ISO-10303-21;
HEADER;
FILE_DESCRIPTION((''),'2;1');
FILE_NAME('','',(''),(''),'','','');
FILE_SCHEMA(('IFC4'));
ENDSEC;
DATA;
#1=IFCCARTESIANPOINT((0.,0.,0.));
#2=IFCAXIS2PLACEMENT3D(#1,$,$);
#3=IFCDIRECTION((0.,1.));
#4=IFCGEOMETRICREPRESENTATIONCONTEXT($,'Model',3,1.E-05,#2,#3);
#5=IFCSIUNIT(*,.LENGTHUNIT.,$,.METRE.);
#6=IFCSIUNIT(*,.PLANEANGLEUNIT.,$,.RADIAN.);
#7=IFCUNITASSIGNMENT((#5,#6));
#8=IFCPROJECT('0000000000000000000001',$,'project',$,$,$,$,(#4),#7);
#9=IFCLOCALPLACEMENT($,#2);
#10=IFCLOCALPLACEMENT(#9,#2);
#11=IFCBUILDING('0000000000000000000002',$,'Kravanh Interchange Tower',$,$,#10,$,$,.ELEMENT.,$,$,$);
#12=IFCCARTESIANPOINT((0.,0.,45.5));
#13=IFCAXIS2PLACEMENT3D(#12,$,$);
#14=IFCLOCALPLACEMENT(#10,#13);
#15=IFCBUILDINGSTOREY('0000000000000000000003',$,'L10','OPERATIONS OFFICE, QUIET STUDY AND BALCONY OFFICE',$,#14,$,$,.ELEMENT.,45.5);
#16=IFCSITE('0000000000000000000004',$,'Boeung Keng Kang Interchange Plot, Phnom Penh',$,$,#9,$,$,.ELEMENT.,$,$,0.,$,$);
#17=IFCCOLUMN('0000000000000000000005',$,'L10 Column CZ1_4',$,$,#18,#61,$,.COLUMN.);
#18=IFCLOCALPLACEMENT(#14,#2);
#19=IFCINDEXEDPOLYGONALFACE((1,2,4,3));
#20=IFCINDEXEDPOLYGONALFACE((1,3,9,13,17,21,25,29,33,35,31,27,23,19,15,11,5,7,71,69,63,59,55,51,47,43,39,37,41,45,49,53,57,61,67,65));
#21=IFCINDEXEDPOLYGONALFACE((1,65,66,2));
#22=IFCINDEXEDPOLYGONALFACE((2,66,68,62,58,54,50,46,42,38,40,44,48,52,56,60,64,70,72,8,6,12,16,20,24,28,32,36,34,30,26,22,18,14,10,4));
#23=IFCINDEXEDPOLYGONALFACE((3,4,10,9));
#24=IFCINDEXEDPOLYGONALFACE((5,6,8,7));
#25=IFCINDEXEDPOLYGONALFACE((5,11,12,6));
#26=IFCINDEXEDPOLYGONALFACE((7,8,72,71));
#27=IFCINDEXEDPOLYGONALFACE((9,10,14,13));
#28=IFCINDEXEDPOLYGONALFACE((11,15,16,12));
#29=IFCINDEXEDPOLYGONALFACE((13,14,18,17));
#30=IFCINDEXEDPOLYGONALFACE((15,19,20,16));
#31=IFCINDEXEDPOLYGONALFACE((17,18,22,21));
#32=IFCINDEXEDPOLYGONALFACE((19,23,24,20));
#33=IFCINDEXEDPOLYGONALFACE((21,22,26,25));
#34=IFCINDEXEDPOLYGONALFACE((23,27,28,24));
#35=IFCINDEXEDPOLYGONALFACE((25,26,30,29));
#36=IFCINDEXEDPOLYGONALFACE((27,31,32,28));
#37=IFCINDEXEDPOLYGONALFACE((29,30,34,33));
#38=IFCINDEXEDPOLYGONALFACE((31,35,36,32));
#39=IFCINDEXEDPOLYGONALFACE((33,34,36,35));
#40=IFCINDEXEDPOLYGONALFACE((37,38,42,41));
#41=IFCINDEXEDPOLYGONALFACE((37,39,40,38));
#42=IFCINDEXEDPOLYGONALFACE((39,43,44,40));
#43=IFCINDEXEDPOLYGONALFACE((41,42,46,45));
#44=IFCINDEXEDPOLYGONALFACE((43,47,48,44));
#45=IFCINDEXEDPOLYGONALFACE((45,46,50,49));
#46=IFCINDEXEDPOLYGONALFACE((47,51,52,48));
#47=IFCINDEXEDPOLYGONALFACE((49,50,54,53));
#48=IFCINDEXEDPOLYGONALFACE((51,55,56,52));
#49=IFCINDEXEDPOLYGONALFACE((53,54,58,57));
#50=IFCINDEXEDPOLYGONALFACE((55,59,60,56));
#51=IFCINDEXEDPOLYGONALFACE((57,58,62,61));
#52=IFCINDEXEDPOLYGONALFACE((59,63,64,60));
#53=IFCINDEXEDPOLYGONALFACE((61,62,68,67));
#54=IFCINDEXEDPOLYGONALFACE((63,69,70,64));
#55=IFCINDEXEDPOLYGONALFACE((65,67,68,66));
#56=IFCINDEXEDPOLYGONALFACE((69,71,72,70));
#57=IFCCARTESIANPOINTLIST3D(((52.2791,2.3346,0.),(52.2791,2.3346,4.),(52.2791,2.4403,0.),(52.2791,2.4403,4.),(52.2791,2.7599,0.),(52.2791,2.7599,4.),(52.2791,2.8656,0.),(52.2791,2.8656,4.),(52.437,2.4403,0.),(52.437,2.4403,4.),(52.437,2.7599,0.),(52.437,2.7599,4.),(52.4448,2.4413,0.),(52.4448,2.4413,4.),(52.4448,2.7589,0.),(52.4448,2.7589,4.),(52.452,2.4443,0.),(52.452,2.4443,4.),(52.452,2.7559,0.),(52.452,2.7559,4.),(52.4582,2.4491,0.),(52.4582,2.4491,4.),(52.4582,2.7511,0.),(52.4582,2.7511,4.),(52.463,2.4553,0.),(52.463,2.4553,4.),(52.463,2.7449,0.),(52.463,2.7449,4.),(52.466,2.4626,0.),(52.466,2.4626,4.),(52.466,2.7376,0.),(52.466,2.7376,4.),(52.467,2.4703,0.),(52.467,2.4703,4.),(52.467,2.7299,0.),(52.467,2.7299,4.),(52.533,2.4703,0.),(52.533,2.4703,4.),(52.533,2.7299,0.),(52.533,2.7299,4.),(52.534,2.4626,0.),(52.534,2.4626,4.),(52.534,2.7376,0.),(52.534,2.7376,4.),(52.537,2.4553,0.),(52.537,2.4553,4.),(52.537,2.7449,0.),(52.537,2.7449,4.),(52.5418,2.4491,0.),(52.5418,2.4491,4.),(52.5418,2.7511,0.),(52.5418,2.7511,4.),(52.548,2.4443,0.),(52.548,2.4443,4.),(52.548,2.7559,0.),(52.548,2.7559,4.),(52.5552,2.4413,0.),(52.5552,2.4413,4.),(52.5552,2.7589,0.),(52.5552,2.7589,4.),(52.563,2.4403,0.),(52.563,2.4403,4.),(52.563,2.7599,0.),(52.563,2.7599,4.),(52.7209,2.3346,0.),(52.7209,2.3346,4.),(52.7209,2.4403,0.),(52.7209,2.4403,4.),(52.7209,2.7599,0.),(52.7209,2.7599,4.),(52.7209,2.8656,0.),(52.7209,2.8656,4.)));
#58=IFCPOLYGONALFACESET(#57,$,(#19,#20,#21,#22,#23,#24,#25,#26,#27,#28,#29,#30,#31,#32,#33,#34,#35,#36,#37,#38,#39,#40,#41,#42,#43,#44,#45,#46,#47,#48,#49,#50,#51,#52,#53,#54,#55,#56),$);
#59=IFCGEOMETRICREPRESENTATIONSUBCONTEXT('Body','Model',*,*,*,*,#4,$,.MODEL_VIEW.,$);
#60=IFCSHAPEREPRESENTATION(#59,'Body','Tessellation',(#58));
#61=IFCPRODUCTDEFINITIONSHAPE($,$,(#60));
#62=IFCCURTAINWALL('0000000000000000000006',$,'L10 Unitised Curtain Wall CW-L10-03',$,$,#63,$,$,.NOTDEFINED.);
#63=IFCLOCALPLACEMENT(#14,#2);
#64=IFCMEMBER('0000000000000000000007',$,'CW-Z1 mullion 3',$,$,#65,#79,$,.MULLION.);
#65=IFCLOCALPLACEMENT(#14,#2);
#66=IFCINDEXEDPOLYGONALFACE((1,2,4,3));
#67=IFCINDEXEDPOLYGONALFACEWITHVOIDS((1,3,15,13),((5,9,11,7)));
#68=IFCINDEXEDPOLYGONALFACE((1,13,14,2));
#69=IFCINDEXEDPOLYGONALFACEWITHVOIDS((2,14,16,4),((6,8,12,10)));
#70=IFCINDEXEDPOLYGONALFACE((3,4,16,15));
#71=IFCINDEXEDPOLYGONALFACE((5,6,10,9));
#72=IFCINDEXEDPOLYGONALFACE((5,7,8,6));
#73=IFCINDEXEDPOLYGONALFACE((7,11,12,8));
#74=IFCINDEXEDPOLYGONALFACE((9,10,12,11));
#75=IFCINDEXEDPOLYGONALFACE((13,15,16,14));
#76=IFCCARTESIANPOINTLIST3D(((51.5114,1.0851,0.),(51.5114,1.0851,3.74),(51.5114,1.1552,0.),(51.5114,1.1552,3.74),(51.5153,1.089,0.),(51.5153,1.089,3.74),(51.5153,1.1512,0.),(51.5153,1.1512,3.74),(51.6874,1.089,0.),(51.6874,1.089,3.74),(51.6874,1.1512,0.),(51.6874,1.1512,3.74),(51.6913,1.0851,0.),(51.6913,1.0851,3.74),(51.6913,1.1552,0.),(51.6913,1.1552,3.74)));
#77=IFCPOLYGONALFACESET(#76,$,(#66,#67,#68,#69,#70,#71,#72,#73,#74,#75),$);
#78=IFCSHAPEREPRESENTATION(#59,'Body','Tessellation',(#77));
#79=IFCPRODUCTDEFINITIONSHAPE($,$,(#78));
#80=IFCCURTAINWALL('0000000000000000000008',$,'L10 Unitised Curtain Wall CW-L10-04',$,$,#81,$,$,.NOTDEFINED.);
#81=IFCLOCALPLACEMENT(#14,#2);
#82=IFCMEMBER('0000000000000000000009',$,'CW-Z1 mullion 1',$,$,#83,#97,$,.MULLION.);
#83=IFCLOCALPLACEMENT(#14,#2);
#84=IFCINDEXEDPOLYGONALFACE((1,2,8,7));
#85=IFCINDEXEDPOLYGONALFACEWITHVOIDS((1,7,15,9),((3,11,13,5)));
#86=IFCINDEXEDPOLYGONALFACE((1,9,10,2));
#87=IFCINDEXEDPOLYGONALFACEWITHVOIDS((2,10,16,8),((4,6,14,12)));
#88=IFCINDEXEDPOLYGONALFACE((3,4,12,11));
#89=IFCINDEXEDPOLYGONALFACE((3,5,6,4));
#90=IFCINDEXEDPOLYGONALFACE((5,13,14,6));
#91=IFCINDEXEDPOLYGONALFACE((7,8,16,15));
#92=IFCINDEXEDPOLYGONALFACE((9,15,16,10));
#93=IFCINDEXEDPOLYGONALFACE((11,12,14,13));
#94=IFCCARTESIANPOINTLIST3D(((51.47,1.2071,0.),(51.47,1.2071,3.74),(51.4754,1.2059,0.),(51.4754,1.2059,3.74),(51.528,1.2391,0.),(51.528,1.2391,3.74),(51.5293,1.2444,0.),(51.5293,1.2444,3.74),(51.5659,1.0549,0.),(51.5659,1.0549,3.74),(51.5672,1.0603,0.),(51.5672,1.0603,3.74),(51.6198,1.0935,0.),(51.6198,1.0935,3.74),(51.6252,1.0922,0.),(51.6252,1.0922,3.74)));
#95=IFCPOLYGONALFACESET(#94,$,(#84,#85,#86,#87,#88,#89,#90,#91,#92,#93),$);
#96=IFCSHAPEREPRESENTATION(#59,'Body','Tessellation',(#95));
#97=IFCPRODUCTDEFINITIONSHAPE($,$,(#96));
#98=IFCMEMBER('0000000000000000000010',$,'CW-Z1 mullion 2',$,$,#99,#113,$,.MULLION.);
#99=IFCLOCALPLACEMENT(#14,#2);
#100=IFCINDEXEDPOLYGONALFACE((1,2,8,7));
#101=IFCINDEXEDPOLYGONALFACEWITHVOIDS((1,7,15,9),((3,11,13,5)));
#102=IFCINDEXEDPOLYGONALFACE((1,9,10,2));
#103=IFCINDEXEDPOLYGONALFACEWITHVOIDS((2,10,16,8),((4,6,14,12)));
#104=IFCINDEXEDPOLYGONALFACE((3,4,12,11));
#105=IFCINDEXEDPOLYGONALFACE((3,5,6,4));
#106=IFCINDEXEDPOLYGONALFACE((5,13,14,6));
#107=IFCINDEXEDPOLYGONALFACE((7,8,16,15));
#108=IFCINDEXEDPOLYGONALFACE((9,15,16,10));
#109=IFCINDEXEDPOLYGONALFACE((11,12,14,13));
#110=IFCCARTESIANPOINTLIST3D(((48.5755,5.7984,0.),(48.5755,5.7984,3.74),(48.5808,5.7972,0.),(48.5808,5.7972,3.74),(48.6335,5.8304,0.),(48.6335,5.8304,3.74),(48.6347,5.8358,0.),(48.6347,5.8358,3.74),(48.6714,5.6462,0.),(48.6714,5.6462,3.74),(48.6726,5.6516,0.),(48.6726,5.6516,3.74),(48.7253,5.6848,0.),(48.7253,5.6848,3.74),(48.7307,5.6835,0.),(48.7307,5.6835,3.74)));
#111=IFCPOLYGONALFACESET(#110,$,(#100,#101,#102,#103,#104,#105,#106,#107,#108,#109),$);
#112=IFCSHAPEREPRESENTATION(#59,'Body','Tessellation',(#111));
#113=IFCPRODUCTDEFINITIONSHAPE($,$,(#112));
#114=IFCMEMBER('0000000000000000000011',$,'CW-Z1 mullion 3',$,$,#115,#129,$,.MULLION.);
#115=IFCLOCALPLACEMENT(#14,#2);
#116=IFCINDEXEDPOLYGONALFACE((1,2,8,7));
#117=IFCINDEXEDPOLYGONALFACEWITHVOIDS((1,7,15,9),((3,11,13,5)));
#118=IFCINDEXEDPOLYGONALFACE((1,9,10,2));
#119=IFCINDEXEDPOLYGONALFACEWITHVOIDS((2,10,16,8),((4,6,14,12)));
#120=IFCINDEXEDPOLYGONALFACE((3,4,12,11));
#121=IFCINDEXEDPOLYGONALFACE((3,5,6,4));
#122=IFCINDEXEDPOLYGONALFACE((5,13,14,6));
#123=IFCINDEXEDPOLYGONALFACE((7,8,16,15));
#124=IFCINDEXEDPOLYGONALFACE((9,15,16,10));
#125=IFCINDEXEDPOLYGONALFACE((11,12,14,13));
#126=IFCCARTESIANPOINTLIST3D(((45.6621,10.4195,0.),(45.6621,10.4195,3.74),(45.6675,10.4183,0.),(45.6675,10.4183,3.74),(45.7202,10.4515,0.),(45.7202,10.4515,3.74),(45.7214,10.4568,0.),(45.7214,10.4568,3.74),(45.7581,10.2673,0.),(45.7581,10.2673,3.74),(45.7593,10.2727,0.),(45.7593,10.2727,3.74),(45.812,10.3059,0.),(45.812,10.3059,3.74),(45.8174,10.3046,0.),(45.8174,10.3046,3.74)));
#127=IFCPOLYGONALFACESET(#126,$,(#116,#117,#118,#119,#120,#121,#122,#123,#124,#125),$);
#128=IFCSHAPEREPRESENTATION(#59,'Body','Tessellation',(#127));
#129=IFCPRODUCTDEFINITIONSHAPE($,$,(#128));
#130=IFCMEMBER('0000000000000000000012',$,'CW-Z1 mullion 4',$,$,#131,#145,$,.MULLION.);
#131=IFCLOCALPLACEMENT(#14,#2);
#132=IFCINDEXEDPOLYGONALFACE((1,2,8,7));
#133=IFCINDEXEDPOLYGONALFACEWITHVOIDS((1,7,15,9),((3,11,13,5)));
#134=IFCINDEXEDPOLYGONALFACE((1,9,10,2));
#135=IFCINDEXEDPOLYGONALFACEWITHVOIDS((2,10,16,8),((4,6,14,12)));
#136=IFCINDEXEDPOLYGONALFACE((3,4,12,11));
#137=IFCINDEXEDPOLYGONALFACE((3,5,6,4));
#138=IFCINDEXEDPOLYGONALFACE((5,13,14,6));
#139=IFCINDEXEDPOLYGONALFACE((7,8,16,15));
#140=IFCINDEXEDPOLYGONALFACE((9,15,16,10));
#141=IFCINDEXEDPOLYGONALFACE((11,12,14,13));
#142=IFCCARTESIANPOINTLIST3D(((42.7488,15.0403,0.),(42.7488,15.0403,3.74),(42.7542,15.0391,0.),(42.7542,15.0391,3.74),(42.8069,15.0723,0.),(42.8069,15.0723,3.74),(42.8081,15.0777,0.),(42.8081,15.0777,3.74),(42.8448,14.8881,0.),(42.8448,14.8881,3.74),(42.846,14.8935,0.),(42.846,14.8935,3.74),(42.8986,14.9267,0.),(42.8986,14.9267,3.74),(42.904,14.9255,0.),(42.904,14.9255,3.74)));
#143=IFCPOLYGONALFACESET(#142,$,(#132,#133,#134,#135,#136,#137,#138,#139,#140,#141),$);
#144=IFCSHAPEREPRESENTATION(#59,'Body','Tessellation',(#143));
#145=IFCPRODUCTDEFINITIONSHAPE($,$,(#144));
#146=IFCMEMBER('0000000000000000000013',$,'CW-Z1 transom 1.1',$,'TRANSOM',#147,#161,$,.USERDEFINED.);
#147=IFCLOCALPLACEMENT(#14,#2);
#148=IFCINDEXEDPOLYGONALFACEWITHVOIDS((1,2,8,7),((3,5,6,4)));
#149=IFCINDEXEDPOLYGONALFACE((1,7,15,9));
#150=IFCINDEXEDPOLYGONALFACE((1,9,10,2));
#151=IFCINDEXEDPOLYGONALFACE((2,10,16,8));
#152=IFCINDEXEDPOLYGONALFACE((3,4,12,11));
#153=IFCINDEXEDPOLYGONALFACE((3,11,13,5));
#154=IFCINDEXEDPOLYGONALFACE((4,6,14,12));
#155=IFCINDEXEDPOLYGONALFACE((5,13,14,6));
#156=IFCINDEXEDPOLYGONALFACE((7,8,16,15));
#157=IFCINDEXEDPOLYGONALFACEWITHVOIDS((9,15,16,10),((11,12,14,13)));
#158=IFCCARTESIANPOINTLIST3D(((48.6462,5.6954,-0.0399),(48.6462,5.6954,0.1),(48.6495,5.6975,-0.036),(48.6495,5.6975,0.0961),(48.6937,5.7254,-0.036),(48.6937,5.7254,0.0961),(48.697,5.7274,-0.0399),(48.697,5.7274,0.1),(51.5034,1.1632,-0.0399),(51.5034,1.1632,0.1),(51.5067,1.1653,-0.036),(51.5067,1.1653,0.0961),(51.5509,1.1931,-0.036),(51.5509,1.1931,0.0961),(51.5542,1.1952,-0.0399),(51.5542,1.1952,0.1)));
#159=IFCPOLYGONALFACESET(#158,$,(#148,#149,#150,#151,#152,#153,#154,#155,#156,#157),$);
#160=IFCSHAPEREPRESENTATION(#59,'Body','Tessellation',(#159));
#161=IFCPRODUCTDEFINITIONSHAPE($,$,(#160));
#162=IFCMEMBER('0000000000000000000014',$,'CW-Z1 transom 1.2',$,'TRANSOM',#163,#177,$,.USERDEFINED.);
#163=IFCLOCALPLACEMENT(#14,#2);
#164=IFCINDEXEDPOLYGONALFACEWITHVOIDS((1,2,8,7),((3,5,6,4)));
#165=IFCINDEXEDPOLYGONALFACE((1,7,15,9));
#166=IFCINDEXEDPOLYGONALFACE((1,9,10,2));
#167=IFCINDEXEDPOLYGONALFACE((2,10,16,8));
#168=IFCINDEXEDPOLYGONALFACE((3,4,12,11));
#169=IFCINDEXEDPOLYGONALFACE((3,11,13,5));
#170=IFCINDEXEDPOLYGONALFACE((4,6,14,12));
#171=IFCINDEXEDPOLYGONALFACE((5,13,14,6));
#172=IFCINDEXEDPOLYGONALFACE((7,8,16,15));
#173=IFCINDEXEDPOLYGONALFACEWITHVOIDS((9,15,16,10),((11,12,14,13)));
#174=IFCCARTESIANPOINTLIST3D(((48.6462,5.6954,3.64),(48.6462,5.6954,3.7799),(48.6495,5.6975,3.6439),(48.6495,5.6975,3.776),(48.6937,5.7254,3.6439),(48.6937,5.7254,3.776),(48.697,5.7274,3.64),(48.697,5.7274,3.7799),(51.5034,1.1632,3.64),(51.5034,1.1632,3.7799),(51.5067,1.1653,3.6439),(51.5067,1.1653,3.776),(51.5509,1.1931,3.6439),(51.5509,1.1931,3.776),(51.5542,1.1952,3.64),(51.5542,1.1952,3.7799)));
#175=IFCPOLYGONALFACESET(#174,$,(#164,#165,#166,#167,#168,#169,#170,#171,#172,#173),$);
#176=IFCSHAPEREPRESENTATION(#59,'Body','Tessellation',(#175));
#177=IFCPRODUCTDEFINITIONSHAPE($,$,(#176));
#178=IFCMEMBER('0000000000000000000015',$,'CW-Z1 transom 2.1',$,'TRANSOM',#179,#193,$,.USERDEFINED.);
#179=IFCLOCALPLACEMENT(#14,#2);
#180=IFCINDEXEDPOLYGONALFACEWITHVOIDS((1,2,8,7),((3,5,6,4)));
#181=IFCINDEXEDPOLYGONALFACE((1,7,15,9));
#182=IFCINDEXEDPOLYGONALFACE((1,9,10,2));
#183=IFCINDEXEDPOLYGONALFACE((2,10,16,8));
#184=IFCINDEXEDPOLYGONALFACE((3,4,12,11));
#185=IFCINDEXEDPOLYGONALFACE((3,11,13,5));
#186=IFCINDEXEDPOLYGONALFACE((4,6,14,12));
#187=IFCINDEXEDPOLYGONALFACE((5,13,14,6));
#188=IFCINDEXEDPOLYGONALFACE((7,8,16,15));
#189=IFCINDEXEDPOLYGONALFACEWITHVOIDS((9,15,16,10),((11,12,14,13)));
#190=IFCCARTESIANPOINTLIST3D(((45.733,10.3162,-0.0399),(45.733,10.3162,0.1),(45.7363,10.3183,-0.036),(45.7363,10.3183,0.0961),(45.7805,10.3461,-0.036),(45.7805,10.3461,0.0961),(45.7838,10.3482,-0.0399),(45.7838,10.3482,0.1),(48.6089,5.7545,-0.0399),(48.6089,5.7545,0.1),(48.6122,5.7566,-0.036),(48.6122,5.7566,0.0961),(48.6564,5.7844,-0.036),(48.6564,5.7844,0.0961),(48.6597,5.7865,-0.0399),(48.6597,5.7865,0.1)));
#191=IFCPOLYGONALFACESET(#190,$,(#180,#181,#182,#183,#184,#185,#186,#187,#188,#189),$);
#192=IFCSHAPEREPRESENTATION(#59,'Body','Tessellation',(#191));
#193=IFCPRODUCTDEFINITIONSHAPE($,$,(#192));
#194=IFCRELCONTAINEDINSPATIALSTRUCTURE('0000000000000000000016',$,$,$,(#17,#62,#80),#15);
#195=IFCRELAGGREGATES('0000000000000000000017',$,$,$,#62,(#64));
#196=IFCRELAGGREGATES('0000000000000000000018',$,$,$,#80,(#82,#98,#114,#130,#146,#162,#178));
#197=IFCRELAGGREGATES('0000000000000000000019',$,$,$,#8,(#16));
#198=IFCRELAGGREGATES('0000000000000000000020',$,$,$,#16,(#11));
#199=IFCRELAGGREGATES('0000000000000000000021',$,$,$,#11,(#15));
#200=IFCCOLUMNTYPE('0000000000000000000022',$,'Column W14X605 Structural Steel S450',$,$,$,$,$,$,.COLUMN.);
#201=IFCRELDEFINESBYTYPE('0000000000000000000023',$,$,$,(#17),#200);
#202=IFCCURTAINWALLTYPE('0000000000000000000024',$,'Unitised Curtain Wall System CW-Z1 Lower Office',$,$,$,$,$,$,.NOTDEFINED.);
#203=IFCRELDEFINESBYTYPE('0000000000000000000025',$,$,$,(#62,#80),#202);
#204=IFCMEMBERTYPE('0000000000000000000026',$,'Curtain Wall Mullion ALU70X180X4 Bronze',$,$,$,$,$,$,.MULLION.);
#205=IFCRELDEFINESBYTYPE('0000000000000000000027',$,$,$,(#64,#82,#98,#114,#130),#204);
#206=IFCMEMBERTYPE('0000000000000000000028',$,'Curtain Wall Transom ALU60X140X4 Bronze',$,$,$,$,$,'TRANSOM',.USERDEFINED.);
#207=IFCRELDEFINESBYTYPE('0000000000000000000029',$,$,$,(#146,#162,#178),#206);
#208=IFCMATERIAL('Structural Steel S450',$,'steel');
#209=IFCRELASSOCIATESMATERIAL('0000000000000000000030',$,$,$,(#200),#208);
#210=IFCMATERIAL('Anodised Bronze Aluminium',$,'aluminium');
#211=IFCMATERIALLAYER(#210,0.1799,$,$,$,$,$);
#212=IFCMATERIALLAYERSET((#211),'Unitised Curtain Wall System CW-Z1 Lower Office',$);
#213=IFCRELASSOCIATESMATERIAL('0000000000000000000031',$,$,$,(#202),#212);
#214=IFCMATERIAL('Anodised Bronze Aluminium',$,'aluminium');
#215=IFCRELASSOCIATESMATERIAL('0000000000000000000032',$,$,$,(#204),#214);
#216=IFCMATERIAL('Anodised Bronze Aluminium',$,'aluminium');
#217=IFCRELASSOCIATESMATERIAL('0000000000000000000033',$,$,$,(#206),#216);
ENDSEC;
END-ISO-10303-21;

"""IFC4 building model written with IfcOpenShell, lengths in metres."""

from ifc_helpers import new_model, si_unit, direction, frame, origin, origin_2d, place, context, subcontext, project, spatial, hollow_rectangle, i_section, extrude, material, layer, layer_set, material_profile, profile_set, type_object, element, aggregate, save


model = new_model("IFC4")

# Units and contexts
model_context = context("Model", 3, precision=1e-05, world=origin(), true_north=direction((0.0, 1.0)))
body_context = subcontext(model_context, "Body", "Model", "MODEL_VIEW")
ifc_project = project(units=[si_unit("LENGTHUNIT", "METRE"), si_unit("PLANEANGLEUNIT", "RADIAN")], contexts=[model_context])

# Site, building, storey
site_placement = place(None, origin())
site = spatial("IfcSite", under=ifc_project, at=site_placement, Name="Boeung Keng Kang Interchange Plot, Phnom Penh", CompositionType="ELEMENT", RefElevation=0.0)
building_placement = place(site_placement, origin())
building = spatial("IfcBuilding", under=site, at=building_placement, Name="Kravanh Interchange Tower", CompositionType="ELEMENT")
storey_placement = place(building_placement, frame((0.0, 0.0, 45.5)))
storey = spatial("IfcBuildingStorey", under=building, at=storey_placement, Name="L10", Description="OPERATIONS OFFICE, QUIET STUDY AND BALCONY OFFICE", CompositionType="ELEMENT", Elevation=45.5)

# Column
ifc_material_1 = material(Name="Structural Steel S450", Category="steel")
ifc_material_profile_1 = material_profile(ifc_material_1, i_section(OverallWidth=0.4419, OverallDepth=0.531, WebThickness=0.0659, FlangeThickness=0.1057, FilletRadius=0.03, at=origin_2d()), Name="W14X605")
ifc_profile_set_1 = profile_set([ifc_material_profile_1], Name="Structural Steel S450")
column_type = type_object("IfcColumnType", Name="Column W14X605 Structural Steel S450", PredefinedType="COLUMN", material=ifc_profile_set_1)
column_placement = place(storey_placement, frame((52.5, 2.6001, 0.0), z_axis=(0.0, 0.0, 1.0), x_axis=(1.0, 0.0, 0.0)))
element("IfcColumn", 1, at=column_placement, inside=storey, type_object=column_type, Name="L10 Column CZ1_4", PredefinedType="COLUMN", context=body_context, shape_type="SweptSolid", body=[
    extrude(i_section(OverallWidth=0.4419, OverallDepth=0.531, WebThickness=0.0659, FlangeThickness=0.1057, FilletRadius=0.03, at=origin_2d()), origin(), (0.0, 0.0, 1.0), 4.0),
])

# Curtain wall, member
ifc_material_2 = material(Name="Anodised Bronze Aluminium", Category="aluminium")
ifc_layer_1 = layer(ifc_material_2, 0.1799)
ifc_layer_set_1 = layer_set([ifc_layer_1], Name="Unitised Curtain Wall System CW-Z1 Lower Office")
curtain_wall_type = type_object("IfcCurtainWallType", Name="Unitised Curtain Wall System CW-Z1 Lower Office", PredefinedType="NOTDEFINED", material=ifc_layer_set_1)
curtain_wall_1_placement = place(storey_placement, origin())
curtain_wall_1 = element("IfcCurtainWall", 2, at=curtain_wall_1_placement, inside=storey, type_object=curtain_wall_type, Name="L10 Unitised Curtain Wall CW-L10-03", PredefinedType="NOTDEFINED")
ifc_material_3 = material(Name="Anodised Bronze Aluminium", Category="aluminium")
ifc_material_profile_2 = material_profile(ifc_material_3, hollow_rectangle(XDim=0.0701, YDim=0.1799, WallThickness=0.0039, at=origin_2d()), Name="ALU70X180X4")
ifc_profile_set_2 = profile_set([ifc_material_profile_2], Name="Anodised Bronze Aluminium")
member_type_1 = type_object("IfcMemberType", Name="Curtain Wall Mullion ALU70X180X4 Bronze", PredefinedType="MULLION", material=ifc_profile_set_2)
member_1_placement = place(storey_placement, frame((51.6013, 1.1201, 0.0), z_axis=(0.0, 0.0, 1.0), x_axis=(0.0, -1.0, 0.0)))
member_1 = element("IfcMember", 3, at=member_1_placement, type_object=member_type_1, Name="CW-Z1 mullion 3", PredefinedType="MULLION", context=body_context, shape_type="SweptSolid", body=[
    extrude(hollow_rectangle(XDim=0.0701, YDim=0.1799, WallThickness=0.0039, at=origin_2d()), origin(), (0.0, 0.0, 1.0), 3.74),
])
aggregate(curtain_wall_1, [member_1])

# Curtain wall, members
curtain_wall_2_placement = place(storey_placement, origin())
curtain_wall_2 = element("IfcCurtainWall", 4, at=curtain_wall_2_placement, inside=storey, type_object=curtain_wall_type, Name="L10 Unitised Curtain Wall CW-L10-04", PredefinedType="NOTDEFINED")
member_2_placement = place(storey_placement, frame((51.5476, 1.1497, 0.0), z_axis=(0.0, 0.0, 1.0), x_axis=(-0.845926, -0.533301, 0.0)))
member_2 = element("IfcMember", 5, at=member_2_placement, type_object=member_type_1, Name="CW-Z1 mullion 1", PredefinedType="MULLION", context=body_context, shape_type="SweptSolid", body=[
    extrude(hollow_rectangle(XDim=0.0701, YDim=0.1799, WallThickness=0.0039, at=origin_2d()), origin(), (0.0, 0.0, 1.0), 3.74),
])
member_3_placement = place(storey_placement, frame((48.6531, 5.741, 0.0), z_axis=(0.0, 0.0, 1.0), x_axis=(-0.845926, -0.533301, 0.0)))
member_3 = element("IfcMember", 6, at=member_3_placement, type_object=member_type_1, Name="CW-Z1 mullion 2", PredefinedType="MULLION", context=body_context, shape_type="SweptSolid", body=[
    extrude(hollow_rectangle(XDim=0.0701, YDim=0.1799, WallThickness=0.0039, at=origin_2d()), origin(), (0.0, 0.0, 1.0), 3.74),
])
member_4_placement = place(storey_placement, frame((45.7397, 10.3621, 0.0), z_axis=(0.0, 0.0, 1.0), x_axis=(-0.845926, -0.533301, 0.0)))
member_4 = element("IfcMember", 7, at=member_4_placement, type_object=member_type_1, Name="CW-Z1 mullion 3", PredefinedType="MULLION", context=body_context, shape_type="SweptSolid", body=[
    extrude(hollow_rectangle(XDim=0.0701, YDim=0.1799, WallThickness=0.0039, at=origin_2d()), origin(), (0.0, 0.0, 1.0), 3.74),
])
member_5_placement = place(storey_placement, frame((42.8264, 14.9829, 0.0), z_axis=(0.0, 0.0, 1.0), x_axis=(-0.845926, -0.533301, 0.0)))
member_5 = element("IfcMember", 8, at=member_5_placement, type_object=member_type_1, Name="CW-Z1 mullion 4", PredefinedType="MULLION", context=body_context, shape_type="SweptSolid", body=[
    extrude(hollow_rectangle(XDim=0.0701, YDim=0.1799, WallThickness=0.0039, at=origin_2d()), origin(), (0.0, 0.0, 1.0), 3.74),
])
ifc_material_4 = material(Name="Anodised Bronze Aluminium", Category="aluminium")
ifc_material_profile_3 = material_profile(ifc_material_4, hollow_rectangle(XDim=0.0601, YDim=0.1399, WallThickness=0.0039, at=origin_2d()), Name="ALU60X140X4")
ifc_profile_set_3 = profile_set([ifc_material_profile_3], Name="Anodised Bronze Aluminium")
member_type_2 = type_object("IfcMemberType", Name="Curtain Wall Transom ALU60X140X4 Bronze", ElementType="TRANSOM", PredefinedType="USERDEFINED", material=ifc_profile_set_3)
member_6_placement = place(storey_placement, frame((51.5288, 1.1792, 0.03), z_axis=(-0.533288, 0.845934, 0.0), x_axis=(-0.845934, -0.533288, 0.0)))
member_6 = element("IfcMember", 9, at=member_6_placement, type_object=member_type_2, Name="CW-Z1 transom 1.1", ObjectType="TRANSOM", PredefinedType="USERDEFINED", context=body_context, shape_type="SweptSolid", body=[
    extrude(hollow_rectangle(XDim=0.0601, YDim=0.1399, WallThickness=0.0039, at=origin_2d()), origin(), (0.0, 0.0, 1.0), 5.3577),
])
member_7_placement = place(storey_placement, frame((51.5288, 1.1792, 3.71), z_axis=(-0.533288, 0.845934, 0.0), x_axis=(-0.845934, -0.533288, 0.0)))
member_7 = element("IfcMember", 10, at=member_7_placement, type_object=member_type_2, Name="CW-Z1 transom 1.2", ObjectType="TRANSOM", PredefinedType="USERDEFINED", context=body_context, shape_type="SweptSolid", body=[
    extrude(hollow_rectangle(XDim=0.0601, YDim=0.1399, WallThickness=0.0039, at=origin_2d()), origin(), (0.0, 0.0, 1.0), 5.3577),
])
member_8_placement = place(storey_placement, frame((48.6343, 5.7705, 0.03), z_axis=(-0.533311, 0.845919, 0.0), x_axis=(-0.845919, -0.533311, 0.0)))
member_8 = element("IfcMember", 11, at=member_8_placement, type_object=member_type_2, Name="CW-Z1 transom 2.1", ObjectType="TRANSOM", PredefinedType="USERDEFINED", context=body_context, shape_type="SweptSolid", body=[
    extrude(hollow_rectangle(XDim=0.0601, YDim=0.1399, WallThickness=0.0039, at=origin_2d()), origin(), (0.0, 0.0, 1.0), 5.3926),
])

aggregate(curtain_wall_2, [member_2, member_3, member_4, member_5, member_6, member_7, member_8])

save(model, "model.ifc")
